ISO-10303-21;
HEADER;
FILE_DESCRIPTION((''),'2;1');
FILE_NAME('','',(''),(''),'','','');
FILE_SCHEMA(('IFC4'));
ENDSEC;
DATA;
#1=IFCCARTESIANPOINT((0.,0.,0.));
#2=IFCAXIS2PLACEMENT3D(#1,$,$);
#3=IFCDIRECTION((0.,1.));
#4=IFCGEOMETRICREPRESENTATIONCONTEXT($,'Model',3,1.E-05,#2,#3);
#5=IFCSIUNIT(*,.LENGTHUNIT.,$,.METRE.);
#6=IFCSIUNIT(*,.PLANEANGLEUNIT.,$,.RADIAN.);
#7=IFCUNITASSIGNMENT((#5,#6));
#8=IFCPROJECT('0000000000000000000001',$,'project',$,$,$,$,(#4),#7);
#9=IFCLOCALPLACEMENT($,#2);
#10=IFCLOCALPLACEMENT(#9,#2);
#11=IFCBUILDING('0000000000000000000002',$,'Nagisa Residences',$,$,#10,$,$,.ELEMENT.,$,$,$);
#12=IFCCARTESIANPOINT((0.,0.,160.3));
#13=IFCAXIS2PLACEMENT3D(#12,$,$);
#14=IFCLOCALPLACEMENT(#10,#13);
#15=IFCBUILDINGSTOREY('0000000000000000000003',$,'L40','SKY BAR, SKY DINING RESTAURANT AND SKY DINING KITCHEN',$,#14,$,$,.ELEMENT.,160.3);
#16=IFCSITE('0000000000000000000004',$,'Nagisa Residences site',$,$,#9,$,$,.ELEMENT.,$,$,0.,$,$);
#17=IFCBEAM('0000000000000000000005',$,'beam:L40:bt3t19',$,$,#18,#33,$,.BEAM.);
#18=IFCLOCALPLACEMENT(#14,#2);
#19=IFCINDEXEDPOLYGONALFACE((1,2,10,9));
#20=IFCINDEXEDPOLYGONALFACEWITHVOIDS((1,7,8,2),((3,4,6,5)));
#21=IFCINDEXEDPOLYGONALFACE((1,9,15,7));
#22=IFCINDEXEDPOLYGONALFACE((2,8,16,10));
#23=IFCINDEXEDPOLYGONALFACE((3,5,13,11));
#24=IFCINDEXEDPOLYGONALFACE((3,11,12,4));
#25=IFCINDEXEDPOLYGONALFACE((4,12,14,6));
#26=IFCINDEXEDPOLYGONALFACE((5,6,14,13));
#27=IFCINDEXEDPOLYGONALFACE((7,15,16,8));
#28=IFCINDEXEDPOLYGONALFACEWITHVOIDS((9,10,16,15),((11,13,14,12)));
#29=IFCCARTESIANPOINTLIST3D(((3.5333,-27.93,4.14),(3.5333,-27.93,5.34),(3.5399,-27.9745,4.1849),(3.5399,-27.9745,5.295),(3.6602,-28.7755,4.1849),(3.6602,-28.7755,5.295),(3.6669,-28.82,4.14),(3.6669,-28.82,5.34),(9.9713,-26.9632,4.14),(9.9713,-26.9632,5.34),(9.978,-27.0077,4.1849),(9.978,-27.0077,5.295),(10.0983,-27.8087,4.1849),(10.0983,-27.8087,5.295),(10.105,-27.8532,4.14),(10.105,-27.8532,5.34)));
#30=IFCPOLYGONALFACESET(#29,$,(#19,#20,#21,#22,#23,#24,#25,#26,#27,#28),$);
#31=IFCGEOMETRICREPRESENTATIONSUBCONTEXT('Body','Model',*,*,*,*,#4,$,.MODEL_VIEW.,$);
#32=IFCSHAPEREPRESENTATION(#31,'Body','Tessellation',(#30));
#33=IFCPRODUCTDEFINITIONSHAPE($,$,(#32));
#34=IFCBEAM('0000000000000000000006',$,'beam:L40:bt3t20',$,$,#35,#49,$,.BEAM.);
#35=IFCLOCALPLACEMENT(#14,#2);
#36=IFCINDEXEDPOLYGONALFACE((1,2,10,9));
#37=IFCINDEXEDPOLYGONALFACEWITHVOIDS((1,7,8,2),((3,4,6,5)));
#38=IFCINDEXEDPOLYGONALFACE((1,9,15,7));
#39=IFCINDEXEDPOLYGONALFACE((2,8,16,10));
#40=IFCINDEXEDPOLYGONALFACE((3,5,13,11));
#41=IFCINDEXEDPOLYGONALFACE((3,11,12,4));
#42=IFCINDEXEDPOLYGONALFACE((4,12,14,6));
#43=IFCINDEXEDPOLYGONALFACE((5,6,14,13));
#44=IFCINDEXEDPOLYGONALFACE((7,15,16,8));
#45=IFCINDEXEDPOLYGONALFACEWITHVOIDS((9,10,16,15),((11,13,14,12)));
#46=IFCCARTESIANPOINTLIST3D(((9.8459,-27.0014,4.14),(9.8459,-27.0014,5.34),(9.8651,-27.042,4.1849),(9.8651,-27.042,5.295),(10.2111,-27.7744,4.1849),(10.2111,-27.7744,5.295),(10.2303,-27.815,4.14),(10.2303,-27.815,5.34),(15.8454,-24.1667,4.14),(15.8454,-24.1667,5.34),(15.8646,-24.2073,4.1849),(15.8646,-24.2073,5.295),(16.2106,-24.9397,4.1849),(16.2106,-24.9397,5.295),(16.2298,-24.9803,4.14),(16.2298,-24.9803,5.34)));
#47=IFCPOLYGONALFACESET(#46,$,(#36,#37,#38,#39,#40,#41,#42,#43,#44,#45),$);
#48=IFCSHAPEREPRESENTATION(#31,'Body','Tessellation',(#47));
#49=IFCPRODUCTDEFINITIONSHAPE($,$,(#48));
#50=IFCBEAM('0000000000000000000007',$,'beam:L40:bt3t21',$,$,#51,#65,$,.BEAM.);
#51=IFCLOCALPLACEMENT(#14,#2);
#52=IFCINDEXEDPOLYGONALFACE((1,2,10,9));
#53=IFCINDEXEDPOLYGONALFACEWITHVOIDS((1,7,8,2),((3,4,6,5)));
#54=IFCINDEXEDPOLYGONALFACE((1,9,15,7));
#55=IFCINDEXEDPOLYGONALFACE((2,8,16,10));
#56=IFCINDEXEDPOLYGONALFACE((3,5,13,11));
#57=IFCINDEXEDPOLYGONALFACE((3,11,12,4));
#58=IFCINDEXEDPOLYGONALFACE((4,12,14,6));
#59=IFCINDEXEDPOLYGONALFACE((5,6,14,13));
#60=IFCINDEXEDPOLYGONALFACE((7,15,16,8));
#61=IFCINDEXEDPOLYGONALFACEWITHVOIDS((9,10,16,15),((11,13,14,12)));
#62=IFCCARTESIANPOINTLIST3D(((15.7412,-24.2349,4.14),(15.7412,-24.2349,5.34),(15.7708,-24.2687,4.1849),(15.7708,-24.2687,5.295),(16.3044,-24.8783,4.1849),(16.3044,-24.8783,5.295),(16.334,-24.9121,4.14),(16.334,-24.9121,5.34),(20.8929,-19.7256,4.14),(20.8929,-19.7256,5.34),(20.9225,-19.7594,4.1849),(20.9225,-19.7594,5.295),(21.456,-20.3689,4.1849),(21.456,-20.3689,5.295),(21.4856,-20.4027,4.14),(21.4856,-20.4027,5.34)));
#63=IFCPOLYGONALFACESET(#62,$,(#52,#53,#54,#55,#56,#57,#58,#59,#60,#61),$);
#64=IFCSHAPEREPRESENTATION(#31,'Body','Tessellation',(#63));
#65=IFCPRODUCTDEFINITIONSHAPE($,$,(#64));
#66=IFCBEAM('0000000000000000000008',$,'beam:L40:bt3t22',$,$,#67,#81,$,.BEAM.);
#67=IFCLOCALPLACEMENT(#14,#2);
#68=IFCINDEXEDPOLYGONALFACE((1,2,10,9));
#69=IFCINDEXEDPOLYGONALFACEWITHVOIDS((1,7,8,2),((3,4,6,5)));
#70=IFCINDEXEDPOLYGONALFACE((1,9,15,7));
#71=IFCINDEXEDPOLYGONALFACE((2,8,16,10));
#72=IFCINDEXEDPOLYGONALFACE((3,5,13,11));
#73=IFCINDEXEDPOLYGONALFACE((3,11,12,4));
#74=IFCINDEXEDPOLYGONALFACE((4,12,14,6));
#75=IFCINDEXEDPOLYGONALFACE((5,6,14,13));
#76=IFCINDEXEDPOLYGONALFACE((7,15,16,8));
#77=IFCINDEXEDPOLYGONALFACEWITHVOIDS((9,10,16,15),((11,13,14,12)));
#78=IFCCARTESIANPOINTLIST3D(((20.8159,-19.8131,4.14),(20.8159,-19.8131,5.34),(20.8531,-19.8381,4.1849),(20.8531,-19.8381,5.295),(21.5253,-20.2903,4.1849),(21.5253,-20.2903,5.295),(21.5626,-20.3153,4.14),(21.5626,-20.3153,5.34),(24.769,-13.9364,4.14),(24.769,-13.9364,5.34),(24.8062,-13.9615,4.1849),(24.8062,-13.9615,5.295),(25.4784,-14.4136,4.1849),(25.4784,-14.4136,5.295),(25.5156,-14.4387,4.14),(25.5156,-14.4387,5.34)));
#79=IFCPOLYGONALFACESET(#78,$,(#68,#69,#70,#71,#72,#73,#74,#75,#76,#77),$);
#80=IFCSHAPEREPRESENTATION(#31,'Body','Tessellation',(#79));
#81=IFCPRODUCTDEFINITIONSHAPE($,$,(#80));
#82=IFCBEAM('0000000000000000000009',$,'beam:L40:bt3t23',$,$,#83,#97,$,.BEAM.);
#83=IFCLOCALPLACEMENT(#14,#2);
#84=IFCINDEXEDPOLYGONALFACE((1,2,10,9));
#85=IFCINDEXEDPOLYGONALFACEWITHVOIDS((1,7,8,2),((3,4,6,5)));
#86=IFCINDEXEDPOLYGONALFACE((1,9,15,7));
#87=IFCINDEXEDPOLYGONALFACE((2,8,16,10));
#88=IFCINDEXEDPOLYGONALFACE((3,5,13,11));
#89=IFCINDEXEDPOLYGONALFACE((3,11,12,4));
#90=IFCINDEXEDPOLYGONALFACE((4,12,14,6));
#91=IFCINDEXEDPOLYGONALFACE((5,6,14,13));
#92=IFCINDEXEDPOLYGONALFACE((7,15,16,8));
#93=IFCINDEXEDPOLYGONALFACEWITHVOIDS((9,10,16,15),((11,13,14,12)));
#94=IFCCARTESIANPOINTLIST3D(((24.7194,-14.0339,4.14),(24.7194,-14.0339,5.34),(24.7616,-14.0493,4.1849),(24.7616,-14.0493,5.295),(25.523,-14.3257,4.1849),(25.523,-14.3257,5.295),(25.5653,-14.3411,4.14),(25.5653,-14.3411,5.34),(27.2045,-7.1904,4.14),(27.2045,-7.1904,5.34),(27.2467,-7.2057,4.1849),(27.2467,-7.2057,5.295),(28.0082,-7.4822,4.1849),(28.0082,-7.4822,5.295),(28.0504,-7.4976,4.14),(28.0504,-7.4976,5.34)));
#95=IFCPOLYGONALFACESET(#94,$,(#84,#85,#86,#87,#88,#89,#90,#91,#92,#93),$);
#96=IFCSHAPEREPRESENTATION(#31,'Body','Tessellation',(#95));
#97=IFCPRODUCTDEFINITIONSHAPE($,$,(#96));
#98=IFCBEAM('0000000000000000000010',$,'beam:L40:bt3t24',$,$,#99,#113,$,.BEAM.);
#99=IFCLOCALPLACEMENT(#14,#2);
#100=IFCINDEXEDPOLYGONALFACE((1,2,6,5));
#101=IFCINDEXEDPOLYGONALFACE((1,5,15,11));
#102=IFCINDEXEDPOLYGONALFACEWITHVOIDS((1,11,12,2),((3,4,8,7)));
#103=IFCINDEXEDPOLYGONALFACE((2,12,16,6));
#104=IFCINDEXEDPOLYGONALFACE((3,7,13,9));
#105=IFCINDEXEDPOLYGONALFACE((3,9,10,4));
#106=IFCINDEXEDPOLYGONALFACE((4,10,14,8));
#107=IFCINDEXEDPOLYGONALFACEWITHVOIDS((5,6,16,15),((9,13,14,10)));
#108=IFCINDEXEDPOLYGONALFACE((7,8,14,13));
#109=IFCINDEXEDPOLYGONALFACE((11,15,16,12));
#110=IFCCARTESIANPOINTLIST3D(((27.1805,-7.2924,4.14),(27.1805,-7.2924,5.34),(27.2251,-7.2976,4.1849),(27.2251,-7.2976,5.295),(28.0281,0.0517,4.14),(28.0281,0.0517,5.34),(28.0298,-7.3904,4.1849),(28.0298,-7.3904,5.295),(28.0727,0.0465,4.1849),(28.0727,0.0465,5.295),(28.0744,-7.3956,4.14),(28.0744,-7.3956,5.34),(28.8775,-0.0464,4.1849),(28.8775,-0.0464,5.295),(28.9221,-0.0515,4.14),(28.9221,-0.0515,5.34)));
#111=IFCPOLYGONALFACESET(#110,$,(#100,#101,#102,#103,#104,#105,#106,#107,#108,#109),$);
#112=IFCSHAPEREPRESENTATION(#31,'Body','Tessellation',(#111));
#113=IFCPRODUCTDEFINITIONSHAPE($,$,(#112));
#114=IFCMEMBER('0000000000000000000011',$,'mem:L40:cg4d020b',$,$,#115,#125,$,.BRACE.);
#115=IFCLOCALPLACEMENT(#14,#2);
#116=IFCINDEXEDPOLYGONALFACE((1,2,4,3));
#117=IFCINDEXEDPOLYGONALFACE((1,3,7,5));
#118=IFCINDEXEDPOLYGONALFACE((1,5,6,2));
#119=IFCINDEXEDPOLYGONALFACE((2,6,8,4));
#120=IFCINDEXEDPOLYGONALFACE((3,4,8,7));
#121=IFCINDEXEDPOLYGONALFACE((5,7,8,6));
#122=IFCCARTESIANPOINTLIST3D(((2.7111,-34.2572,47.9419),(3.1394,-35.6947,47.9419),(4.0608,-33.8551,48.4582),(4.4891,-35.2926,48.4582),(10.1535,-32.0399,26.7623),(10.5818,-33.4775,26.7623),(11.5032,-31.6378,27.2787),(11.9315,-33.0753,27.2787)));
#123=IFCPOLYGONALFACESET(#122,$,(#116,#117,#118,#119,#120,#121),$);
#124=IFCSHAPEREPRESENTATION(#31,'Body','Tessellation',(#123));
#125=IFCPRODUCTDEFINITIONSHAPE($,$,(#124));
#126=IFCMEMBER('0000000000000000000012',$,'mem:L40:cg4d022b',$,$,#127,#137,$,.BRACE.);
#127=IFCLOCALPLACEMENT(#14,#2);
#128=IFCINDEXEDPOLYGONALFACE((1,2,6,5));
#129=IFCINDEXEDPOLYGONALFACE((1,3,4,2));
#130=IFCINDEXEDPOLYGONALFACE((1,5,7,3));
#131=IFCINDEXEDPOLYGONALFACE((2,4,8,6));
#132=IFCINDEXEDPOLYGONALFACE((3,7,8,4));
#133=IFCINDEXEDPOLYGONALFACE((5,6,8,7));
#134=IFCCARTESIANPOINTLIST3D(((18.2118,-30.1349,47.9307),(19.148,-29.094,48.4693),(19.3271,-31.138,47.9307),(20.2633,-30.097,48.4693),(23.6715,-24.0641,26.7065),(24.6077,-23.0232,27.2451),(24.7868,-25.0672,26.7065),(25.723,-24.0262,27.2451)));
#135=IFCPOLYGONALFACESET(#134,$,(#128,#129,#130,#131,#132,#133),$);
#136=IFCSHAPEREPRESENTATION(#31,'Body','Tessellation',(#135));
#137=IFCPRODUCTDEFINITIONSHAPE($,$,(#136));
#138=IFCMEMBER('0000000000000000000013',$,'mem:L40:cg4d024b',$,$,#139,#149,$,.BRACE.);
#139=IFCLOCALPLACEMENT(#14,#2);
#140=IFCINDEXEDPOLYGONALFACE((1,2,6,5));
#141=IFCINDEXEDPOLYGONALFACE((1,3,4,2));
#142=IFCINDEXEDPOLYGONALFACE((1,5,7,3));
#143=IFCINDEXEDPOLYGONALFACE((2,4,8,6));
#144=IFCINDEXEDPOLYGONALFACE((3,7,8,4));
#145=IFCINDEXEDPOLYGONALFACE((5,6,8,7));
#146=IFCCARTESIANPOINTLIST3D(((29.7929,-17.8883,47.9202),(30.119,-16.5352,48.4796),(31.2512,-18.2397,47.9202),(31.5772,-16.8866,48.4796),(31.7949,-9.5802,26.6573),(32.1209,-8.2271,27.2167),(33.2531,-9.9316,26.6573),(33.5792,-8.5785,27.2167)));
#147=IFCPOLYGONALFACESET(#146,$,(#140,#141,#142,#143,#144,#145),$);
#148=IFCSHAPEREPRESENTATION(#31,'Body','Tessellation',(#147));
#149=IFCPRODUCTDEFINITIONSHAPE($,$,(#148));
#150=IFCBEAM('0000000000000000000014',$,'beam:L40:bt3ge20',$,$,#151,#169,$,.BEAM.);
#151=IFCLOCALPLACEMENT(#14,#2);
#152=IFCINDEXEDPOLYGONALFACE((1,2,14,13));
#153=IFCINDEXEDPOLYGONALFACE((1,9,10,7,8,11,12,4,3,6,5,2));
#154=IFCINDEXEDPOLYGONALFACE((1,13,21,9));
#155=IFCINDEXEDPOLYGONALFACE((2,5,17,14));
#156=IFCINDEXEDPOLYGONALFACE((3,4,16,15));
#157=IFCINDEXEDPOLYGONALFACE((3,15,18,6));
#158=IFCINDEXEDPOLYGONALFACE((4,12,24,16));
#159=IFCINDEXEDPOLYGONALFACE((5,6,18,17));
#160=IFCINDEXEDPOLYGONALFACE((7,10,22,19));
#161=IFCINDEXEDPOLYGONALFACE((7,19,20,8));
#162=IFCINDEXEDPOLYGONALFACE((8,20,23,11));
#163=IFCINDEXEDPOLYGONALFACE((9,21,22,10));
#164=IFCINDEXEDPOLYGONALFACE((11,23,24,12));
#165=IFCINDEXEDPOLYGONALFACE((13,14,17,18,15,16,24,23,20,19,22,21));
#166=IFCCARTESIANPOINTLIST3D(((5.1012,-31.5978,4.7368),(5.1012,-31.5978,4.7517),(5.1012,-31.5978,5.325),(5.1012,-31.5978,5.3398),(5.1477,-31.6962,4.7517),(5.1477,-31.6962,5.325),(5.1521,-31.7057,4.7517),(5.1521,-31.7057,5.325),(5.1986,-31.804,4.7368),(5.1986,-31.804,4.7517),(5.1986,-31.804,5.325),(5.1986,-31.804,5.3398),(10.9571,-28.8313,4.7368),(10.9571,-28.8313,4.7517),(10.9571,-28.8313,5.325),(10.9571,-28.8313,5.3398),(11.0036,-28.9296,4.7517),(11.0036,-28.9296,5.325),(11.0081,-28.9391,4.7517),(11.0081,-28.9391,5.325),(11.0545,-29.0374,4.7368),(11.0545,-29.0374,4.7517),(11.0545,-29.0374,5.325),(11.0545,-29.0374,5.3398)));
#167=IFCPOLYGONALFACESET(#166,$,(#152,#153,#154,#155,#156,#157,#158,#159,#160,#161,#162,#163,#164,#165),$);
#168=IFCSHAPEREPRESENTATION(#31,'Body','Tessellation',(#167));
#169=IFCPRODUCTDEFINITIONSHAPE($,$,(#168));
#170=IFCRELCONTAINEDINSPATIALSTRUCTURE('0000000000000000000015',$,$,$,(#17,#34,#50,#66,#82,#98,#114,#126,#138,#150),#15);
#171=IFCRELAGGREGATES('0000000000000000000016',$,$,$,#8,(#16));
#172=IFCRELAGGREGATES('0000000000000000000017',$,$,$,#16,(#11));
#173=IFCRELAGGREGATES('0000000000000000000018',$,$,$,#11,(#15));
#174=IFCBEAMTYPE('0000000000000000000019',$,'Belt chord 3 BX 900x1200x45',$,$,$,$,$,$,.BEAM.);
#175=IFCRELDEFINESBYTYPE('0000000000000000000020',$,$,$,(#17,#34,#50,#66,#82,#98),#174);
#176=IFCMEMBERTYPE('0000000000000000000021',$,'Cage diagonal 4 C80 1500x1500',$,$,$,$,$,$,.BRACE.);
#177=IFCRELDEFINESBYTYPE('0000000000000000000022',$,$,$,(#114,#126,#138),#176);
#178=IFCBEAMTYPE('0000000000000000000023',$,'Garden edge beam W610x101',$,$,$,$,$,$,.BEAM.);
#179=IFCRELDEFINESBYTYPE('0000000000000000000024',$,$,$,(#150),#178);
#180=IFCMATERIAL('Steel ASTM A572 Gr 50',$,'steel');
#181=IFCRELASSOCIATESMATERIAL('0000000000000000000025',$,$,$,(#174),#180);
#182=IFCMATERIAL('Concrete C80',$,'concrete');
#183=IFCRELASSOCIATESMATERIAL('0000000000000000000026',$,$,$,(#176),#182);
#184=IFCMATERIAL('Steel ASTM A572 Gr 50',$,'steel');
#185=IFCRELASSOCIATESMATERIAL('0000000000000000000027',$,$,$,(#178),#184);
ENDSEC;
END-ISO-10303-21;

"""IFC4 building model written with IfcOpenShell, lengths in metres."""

from ifc_helpers import new_model, si_unit, direction, frame, origin, origin_2d, place, context, subcontext, project, spatial, rectangle, hollow_rectangle, i_section, extrude, material, material_profile, profile_set, type_object, element, save


model = new_model("IFC4")

# Units and contexts
model_context = context("Model", 3, precision=1e-05, world=origin(), true_north=direction((0.0, 1.0)))
body_context = subcontext(model_context, "Body", "Model", "MODEL_VIEW")
ifc_project = project(units=[si_unit("LENGTHUNIT", "METRE"), si_unit("PLANEANGLEUNIT", "RADIAN")], contexts=[model_context])

# Site, building, storey
site_placement = place(None, origin())
site = spatial("IfcSite", under=ifc_project, at=site_placement, Name="Nagisa Residences site", CompositionType="ELEMENT", RefElevation=0.0)
building_placement = place(site_placement, origin())
building = spatial("IfcBuilding", under=site, at=building_placement, Name="Nagisa Residences", CompositionType="ELEMENT")
storey_placement = place(building_placement, frame((0.0, 0.0, 160.3)))
storey = spatial("IfcBuildingStorey", under=building, at=storey_placement, Name="L40", Description="SKY BAR, SKY DINING RESTAURANT AND SKY DINING KITCHEN", CompositionType="ELEMENT", Elevation=160.3)

# Beams
ifc_material_1 = material(Name="Steel ASTM A572 Gr 50", Category="steel")
ifc_material_profile_1 = material_profile(ifc_material_1, hollow_rectangle(XDim=0.8999, YDim=1.2, WallThickness=0.0449, at=origin_2d()), Name="BX 900x1200x45")
ifc_profile_set_1 = profile_set([ifc_material_profile_1], Name="Steel ASTM A572 Gr 50")
beam_type_1 = type_object("IfcBeamType", Name="Belt chord 3 BX 900x1200x45", PredefinedType="BEAM", material=ifc_profile_set_1)
beam_1_placement = place(storey_placement, frame((3.6001, -28.375, 4.74), z_axis=(0.988912, 0.148505, 0.0), x_axis=(-0.148505, 0.988912, 0.0)))
element("IfcBeam", 1, at=beam_1_placement, inside=storey, type_object=beam_type_1, Name="beam:L40:bt3t19", PredefinedType="BEAM", context=body_context, shape_type="SweptSolid", body=[
    extrude(hollow_rectangle(XDim=0.8999, YDim=1.2, WallThickness=0.0449, at=origin_2d()), origin(), (0.0, 0.0, 1.0), 6.5103),
])
beam_2_placement = place(storey_placement, frame((10.0381, -27.4082, 4.74), z_axis=(0.904155, 0.427205, 0.0), x_axis=(-0.427205, 0.904155, 0.0)))
element("IfcBeam", 2, at=beam_2_placement, inside=storey, type_object=beam_type_1, Name="beam:L40:bt3t20", PredefinedType="BEAM", context=body_context, shape_type="SweptSolid", body=[
    extrude(hollow_rectangle(XDim=0.8999, YDim=1.2, WallThickness=0.0449, at=origin_2d()), origin(), (0.0, 0.0, 1.0), 6.6355),
])
beam_3_placement = place(storey_placement, frame((16.0376, -24.5735, 4.74), z_axis=(0.75246, 0.658638, 0.0), x_axis=(-0.658638, 0.75246, 0.0)))
element("IfcBeam", 3, at=beam_3_placement, inside=storey, type_object=beam_type_1, Name="beam:L40:bt3t21", PredefinedType="BEAM", context=body_context, shape_type="SweptSolid", body=[
    extrude(hollow_rectangle(XDim=0.8999, YDim=1.2, WallThickness=0.0449, at=origin_2d()), origin(), (0.0, 0.0, 1.0), 6.8464),
])
beam_4_placement = place(storey_placement, frame((21.1892, -20.0642, 4.74), z_axis=(0.558148, 0.829742, 0.0), x_axis=(-0.829742, 0.558148, 0.0)))
element("IfcBeam", 4, at=beam_4_placement, inside=storey, type_object=beam_type_1, Name="beam:L40:bt3t22", PredefinedType="BEAM", context=body_context, shape_type="SweptSolid", body=[
    extrude(hollow_rectangle(XDim=0.8999, YDim=1.2, WallThickness=0.0449, at=origin_2d()), origin(), (0.0, 0.0, 1.0), 7.0825),
])
beam_5_placement = place(storey_placement, frame((25.1423, -14.1875, 4.74), z_axis=(0.341326, 0.939945, 0.0), x_axis=(-0.939945, 0.341326, 0.0)))
element("IfcBeam", 5, at=beam_5_placement, inside=storey, type_object=beam_type_1, Name="beam:L40:bt3t23", PredefinedType="BEAM", context=body_context, shape_type="SweptSolid", body=[
    extrude(hollow_rectangle(XDim=0.8999, YDim=1.2, WallThickness=0.0449, at=origin_2d()), origin(), (0.0, 0.0, 1.0), 7.2808),
])
beam_6_placement = place(storey_placement, frame((27.6274, -7.344, 4.74), z_axis=(0.11466, 0.993405, 0.0), x_axis=(-0.993405, 0.11466, 0.0)))
element("IfcBeam", 6, at=beam_6_placement, inside=storey, type_object=beam_type_1, Name="beam:L40:bt3t24", PredefinedType="BEAM", context=body_context, shape_type="SweptSolid", body=[
    extrude(hollow_rectangle(XDim=0.8999, YDim=1.2, WallThickness=0.0449, at=origin_2d()), origin(), (0.0, 0.0, 1.0), 7.3928),
])

# Members
ifc_material_2 = material(Name="Concrete C80", Category="concrete")
ifc_material_profile_2 = material_profile(ifc_material_2, rectangle(XDim=1.5, YDim=1.5, at=origin_2d()), Name="C80 1500x1500")
ifc_profile_set_2 = profile_set([ifc_material_profile_2], Name="Concrete C80")
member_type = type_object("IfcMemberType", Name="Cage diagonal 4 C80 1500x1500", PredefinedType="BRACE", material=ifc_profile_set_2)
member_1_placement = place(storey_placement, frame((11.0425, -32.5576, 27.0205), z_axis=(-0.329919, -0.098292, 0.938878), x_axis=(0.285525, -0.958371, 0.0)))
element("IfcMember", 7, at=member_1_placement, inside=storey, type_object=member_type, Name="mem:L40:cg4d020b", PredefinedType="BRACE", context=body_context, shape_type="SweptSolid", body=[
    extrude(rectangle(XDim=1.5, YDim=1.5, at=origin_2d()), origin(), (0.0, 0.0, 1.0), 22.5583),
])
member_2_placement = place(storey_placement, frame((24.6973, -24.0452, 26.9758), z_axis=(-0.240089, -0.266961, 0.933322), x_axis=(0.743538, -0.668694, 0.0)))
element("IfcMember", 8, at=member_2_placement, inside=storey, type_object=member_type, Name="mem:L40:cg4d022b", PredefinedType="BRACE", context=body_context, shape_type="SweptSolid", body=[
    extrude(rectangle(XDim=1.5, YDim=1.5, at=origin_2d()), origin(), (0.0, 0.0, 1.0), 22.7405),
])
member_3_placement = place(storey_placement, frame((32.687, -9.0793, 26.937), z_axis=(-0.08736, -0.362545, 0.927863), x_axis=(0.972174, -0.234259, 0.0)))
element("IfcMember", 9, at=member_3_placement, inside=storey, type_object=member_type, Name="mem:L40:cg4d024b", PredefinedType="BRACE", context=body_context, shape_type="SweptSolid", body=[
    extrude(rectangle(XDim=1.5, YDim=1.5, at=origin_2d()), origin(), (0.0, 0.0, 1.0), 22.916),
])

# Beam
ifc_material_3 = material(Name="Steel ASTM A572 Gr 50", Category="steel")
ifc_material_profile_3 = material_profile(ifc_material_3, i_section(OverallWidth=0.228, OverallDepth=0.603, WebThickness=0.0105, FlangeThickness=0.0149, at=origin_2d()), Name="W610x101")
ifc_profile_set_3 = profile_set([ifc_material_profile_3], Name="Steel ASTM A572 Gr 50")
beam_type_2 = type_object("IfcBeamType", Name="Garden edge beam W610x101", PredefinedType="BEAM", material=ifc_profile_set_3)
beam_7_placement = place(storey_placement, frame((5.1499, -31.7009, 5.0383), z_axis=(0.904172, 0.427169, 0.0), x_axis=(-0.427169, 0.904172, 0.0)))
element("IfcBeam", 10, at=beam_7_placement, inside=storey, type_object=beam_type_2, Name="beam:L40:bt3ge20", PredefinedType="BEAM", context=body_context, shape_type="SweptSolid", body=[
    extrude(i_section(OverallWidth=0.228, OverallDepth=0.603, WebThickness=0.0105, FlangeThickness=0.0149, at=origin_2d()), origin(), (0.0, 0.0, 1.0), 6.4766),
])

save(model, "model.ifc")
